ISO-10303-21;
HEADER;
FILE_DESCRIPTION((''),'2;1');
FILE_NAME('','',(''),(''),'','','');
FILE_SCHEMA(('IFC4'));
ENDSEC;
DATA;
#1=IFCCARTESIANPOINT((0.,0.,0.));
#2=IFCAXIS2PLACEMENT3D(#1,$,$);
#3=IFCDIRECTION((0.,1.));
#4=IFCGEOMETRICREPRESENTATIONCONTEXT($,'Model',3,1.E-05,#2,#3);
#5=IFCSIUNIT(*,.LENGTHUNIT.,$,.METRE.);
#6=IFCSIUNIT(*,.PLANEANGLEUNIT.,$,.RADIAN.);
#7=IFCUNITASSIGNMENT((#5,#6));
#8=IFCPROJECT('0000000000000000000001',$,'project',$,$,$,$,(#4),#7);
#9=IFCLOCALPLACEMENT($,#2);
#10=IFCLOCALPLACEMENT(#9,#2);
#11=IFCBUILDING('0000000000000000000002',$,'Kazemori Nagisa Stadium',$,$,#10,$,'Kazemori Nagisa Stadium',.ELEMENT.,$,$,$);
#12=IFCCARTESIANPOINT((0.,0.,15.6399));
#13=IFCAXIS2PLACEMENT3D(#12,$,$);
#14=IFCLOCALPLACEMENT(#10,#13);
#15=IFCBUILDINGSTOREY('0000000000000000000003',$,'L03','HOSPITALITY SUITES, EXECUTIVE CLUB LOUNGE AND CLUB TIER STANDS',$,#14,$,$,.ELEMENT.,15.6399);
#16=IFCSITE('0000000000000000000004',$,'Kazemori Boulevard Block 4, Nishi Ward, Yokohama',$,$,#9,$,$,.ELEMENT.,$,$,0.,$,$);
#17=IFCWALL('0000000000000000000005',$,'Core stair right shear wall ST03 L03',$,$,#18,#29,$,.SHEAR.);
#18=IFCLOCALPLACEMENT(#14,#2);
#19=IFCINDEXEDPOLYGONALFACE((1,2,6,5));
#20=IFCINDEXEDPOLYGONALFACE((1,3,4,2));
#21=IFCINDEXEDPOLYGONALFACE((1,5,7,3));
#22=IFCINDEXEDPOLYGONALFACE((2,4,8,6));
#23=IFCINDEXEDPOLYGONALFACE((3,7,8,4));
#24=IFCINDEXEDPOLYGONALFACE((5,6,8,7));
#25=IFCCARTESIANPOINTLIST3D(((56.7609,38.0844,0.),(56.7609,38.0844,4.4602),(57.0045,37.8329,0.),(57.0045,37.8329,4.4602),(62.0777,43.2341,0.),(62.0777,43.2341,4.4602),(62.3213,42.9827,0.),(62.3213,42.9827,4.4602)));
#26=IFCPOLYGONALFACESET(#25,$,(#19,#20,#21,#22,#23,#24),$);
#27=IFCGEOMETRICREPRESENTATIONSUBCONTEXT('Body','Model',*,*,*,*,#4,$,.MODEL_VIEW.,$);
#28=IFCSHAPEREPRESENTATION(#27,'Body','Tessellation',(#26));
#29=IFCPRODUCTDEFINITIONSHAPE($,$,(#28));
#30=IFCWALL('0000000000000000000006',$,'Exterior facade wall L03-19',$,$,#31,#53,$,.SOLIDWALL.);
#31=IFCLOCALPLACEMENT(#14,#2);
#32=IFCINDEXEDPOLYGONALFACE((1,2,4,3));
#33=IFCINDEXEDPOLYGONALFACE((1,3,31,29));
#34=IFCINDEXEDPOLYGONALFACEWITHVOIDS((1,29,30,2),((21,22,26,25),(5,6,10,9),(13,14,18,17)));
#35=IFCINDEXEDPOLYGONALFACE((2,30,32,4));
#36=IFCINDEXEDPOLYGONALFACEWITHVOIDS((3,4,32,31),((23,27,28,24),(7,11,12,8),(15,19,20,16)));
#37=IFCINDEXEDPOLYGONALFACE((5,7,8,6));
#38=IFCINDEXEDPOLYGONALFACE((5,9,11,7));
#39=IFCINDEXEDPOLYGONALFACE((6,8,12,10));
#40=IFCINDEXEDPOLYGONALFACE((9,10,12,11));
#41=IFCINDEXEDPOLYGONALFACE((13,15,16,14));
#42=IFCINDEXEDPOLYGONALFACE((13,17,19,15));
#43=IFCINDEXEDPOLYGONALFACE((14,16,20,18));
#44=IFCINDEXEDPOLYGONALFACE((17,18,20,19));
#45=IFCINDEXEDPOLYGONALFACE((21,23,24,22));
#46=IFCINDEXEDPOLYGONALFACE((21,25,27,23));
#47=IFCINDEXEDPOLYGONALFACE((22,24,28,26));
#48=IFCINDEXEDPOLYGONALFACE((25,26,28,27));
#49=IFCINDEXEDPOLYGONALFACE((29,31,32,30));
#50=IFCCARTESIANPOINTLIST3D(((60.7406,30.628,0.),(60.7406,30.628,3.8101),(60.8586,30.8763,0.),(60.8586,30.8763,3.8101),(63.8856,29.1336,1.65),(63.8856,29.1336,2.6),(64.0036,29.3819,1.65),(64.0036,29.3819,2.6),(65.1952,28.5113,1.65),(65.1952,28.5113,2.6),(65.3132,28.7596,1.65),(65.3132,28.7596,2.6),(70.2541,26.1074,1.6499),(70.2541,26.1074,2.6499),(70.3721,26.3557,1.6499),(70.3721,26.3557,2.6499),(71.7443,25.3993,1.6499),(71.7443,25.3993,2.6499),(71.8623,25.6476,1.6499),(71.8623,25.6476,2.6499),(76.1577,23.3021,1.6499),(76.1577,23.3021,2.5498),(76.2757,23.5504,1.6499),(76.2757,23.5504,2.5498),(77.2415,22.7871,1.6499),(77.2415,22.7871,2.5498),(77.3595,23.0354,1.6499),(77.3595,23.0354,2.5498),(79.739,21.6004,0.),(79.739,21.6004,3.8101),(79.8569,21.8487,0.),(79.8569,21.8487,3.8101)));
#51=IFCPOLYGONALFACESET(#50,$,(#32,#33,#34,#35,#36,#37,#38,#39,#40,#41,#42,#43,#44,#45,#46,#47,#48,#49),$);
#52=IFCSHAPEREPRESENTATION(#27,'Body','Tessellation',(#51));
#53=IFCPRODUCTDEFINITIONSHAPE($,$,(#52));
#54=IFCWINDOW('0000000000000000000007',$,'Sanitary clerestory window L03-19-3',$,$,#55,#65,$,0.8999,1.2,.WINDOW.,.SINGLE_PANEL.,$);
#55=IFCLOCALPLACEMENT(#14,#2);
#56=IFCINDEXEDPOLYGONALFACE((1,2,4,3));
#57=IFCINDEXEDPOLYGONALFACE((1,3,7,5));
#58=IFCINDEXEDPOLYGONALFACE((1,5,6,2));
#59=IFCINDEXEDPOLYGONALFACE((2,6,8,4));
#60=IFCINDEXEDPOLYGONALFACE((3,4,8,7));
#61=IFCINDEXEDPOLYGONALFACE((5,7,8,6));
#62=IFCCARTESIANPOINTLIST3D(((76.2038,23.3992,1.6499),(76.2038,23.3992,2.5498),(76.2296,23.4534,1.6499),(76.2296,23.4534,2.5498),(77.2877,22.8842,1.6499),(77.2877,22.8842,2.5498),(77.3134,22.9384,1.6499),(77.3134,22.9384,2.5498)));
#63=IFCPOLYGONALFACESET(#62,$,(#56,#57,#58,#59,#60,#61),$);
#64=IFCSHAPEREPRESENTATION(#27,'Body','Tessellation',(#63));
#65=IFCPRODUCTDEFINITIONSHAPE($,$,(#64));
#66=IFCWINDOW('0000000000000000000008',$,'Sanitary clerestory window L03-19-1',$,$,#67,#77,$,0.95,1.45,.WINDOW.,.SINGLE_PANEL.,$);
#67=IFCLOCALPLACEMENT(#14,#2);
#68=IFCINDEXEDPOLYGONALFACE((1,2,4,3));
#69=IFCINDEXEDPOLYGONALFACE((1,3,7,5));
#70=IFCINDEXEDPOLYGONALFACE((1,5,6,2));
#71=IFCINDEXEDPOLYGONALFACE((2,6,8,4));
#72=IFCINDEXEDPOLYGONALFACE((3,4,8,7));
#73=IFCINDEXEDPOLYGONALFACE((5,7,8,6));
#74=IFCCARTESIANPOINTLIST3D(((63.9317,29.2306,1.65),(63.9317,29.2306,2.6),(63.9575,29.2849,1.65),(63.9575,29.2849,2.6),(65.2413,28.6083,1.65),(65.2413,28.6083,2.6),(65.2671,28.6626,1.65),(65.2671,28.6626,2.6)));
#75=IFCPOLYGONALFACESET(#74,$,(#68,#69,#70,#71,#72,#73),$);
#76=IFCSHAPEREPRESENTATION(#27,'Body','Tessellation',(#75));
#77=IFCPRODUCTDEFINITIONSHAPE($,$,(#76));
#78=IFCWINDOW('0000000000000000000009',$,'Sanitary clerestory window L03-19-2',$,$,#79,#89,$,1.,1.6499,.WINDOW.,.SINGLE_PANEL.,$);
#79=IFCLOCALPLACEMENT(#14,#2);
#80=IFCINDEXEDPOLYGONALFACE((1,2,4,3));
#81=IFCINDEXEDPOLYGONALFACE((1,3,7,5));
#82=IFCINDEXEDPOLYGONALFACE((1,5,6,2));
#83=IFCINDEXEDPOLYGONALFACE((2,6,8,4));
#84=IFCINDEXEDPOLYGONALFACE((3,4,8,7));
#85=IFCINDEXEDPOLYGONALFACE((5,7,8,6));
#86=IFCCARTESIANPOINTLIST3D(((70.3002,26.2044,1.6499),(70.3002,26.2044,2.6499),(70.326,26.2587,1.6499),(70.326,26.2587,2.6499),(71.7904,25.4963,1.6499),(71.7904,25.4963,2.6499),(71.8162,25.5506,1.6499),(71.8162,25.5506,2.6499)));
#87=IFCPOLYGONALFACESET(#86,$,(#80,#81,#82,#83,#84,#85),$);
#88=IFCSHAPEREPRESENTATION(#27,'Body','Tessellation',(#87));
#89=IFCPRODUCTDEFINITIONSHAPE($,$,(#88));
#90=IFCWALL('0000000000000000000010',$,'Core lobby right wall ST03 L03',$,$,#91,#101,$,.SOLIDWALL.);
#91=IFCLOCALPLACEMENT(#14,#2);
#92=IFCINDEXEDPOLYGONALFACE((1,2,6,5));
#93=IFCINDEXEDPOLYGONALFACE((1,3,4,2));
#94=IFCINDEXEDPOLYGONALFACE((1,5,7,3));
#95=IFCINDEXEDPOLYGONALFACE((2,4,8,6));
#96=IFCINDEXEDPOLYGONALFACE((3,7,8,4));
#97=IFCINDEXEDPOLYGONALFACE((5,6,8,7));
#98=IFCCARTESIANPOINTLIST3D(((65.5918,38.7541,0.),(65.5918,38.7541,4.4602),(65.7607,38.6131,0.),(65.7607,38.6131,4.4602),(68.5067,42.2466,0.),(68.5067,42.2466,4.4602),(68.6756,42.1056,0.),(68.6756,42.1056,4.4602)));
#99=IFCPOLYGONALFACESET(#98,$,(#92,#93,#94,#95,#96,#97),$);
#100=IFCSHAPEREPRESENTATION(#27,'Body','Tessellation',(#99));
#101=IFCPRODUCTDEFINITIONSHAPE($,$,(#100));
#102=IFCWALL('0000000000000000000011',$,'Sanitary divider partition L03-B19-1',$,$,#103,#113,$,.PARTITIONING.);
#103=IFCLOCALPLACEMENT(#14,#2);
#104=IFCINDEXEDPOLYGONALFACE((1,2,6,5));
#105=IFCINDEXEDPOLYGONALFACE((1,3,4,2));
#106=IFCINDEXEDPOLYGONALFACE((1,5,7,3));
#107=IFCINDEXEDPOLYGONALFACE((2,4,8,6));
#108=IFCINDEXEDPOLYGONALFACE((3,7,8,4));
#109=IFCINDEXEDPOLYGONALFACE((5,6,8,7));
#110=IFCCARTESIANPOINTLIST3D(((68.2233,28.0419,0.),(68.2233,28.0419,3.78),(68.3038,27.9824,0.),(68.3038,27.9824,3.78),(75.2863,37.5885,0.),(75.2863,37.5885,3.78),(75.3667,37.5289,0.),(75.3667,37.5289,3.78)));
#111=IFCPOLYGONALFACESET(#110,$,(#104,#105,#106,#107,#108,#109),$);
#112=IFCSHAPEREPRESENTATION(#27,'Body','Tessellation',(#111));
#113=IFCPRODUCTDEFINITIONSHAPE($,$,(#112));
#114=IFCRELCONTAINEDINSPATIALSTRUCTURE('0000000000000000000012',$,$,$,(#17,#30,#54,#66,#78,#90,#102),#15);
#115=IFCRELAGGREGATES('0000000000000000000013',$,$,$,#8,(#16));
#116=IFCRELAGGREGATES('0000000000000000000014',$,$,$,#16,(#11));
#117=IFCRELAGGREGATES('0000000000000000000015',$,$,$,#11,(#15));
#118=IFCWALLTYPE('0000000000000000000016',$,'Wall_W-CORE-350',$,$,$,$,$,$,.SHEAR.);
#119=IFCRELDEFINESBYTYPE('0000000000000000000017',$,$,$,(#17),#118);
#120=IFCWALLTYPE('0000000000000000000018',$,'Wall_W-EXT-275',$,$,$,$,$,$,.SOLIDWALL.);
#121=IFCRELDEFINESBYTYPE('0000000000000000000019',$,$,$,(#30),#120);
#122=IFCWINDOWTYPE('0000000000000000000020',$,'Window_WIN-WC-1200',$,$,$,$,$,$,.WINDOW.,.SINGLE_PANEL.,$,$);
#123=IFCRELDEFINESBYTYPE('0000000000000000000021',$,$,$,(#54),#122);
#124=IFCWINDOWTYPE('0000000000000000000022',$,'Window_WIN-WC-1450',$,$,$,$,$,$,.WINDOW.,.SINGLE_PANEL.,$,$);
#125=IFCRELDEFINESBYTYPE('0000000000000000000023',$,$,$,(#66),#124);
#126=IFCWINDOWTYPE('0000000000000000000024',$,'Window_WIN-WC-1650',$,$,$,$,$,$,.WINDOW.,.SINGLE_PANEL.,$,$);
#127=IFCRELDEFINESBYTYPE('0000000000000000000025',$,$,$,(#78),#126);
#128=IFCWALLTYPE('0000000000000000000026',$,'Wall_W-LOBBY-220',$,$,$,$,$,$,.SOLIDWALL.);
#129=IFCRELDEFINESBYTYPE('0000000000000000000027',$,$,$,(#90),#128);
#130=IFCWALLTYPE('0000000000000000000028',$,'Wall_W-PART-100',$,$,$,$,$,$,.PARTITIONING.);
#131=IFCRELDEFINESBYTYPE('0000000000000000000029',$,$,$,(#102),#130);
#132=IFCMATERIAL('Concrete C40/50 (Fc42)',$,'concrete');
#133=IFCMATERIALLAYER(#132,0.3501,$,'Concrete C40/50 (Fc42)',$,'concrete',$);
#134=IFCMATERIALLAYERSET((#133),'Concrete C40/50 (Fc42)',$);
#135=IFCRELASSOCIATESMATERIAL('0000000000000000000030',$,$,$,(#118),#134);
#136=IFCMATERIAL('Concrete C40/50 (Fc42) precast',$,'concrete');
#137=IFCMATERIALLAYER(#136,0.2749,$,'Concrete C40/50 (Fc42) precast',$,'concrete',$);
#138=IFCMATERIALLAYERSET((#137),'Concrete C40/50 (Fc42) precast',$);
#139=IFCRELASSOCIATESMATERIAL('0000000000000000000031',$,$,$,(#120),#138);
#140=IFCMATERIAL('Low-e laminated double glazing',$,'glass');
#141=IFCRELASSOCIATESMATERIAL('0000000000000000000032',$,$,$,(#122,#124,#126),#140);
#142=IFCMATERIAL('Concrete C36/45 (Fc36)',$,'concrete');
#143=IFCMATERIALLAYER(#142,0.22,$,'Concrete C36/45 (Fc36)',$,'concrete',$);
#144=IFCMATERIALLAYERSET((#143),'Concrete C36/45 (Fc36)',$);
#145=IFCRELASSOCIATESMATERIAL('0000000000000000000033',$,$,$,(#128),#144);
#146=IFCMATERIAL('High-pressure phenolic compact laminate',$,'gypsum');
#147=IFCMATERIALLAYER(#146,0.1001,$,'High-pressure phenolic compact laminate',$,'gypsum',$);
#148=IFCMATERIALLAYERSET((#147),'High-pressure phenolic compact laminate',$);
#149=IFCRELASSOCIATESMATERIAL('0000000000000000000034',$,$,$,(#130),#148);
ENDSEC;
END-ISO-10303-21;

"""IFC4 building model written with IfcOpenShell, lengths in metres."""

from ifc_helpers import new_model, si_unit, direction, frame, frame_2d, origin, place, context, subcontext, project, spatial, rectangle, extrude, material, layer, layer_set, type_object, element, fill, save


model = new_model("IFC4")

# Units and contexts
model_context = context("Model", 3, precision=1e-05, world=origin(), true_north=direction((0.0, 1.0)))
body_context = subcontext(model_context, "Body", "Model", "MODEL_VIEW")
ifc_project = project(units=[si_unit("LENGTHUNIT", "METRE"), si_unit("PLANEANGLEUNIT", "RADIAN")], contexts=[model_context])

# Site, building, storey
site_placement = place(None, origin())
site = spatial("IfcSite", under=ifc_project, at=site_placement, Name="Kazemori Boulevard Block 4, Nishi Ward, Yokohama", CompositionType="ELEMENT", RefElevation=0.0)
building_placement = place(site_placement, origin())
building = spatial("IfcBuilding", under=site, at=building_placement, Name="Kazemori Nagisa Stadium", LongName="Kazemori Nagisa Stadium", CompositionType="ELEMENT")
storey_placement = place(building_placement, frame((0.0, 0.0, 15.6399)))
storey = spatial("IfcBuildingStorey", under=building, at=storey_placement, Name="L03", Description="HOSPITALITY SUITES, EXECUTIVE CLUB LOUNGE AND CLUB TIER STANDS", CompositionType="ELEMENT", Elevation=15.6399)

# Shared definitions
ifc_material_1 = material(Name="Concrete C40/50 (Fc42)", Category="concrete")

# Wall
ifc_layer_1 = layer(ifc_material_1, 0.3501, Name="Concrete C40/50 (Fc42)", Category="concrete")
ifc_layer_set_1 = layer_set([ifc_layer_1], Name="Concrete C40/50 (Fc42)")
wall_type_1 = type_object("IfcWallType", Name="Wall_W-CORE-350", PredefinedType="SHEAR", material=ifc_layer_set_1)
wall_1_placement = place(storey_placement, frame((62.1995, 43.1084, 0.0), z_axis=(0.0, 0.0, 1.0), x_axis=(-0.718297, -0.695736, 0.0)))
element("IfcWall", 1, at=wall_1_placement, inside=storey, type_object=wall_type_1, Name="Core stair right shear wall ST03 L03", PredefinedType="SHEAR", context=body_context, shape_type="SweptSolid", body=[
    extrude(rectangle(XDim=7.4019, YDim=0.3501, at=frame_2d((3.7009, 0.0))), origin(), (0.0, 0.0, 1.0), 4.4602),
])

# Wall, openings, windows
ifc_material_2 = material(Name="Concrete C40/50 (Fc42) precast", Category="concrete")
ifc_layer_2 = layer(ifc_material_2, 0.2749, Name="Concrete C40/50 (Fc42) precast", Category="concrete")
ifc_layer_set_2 = layer_set([ifc_layer_2], Name="Concrete C40/50 (Fc42) precast")
wall_type_2 = type_object("IfcWallType", Name="Wall_W-EXT-275", PredefinedType="SOLIDWALL", material=ifc_layer_set_2)
wall_2_placement = place(storey_placement, frame((60.7996, 30.7522, 0.0), z_axis=(0.0, 0.0, 1.0), x_axis=(0.903215, -0.429189, 0.0)))
wall_2 = element("IfcWall", 2, at=wall_2_placement, inside=storey, type_object=wall_type_2, Name="Exterior facade wall L03-19", PredefinedType="SOLIDWALL", context=body_context, shape_type="SweptSolid", body=[
    extrude(rectangle(XDim=21.0342, YDim=0.2749, at=frame_2d((10.5171, 0.0))), origin(), (0.0, 0.0, 1.0), 3.8101),
])
opening_1_placement = place(wall_2_placement, frame((3.4819, 0.0, 1.6499)))
opening_1 = element("IfcOpeningElement", 3, at=opening_1_placement, cuts=wall_2, PredefinedType="OPENING", context=body_context, shape_type="SweptSolid", body=[
    extrude(rectangle(XDim=1.45, YDim=0.95, at=frame_2d((0.7251, 0.4751))), frame((0.0, 0.1475, 0.0), z_axis=(0.0, -1.0, 0.0), x_axis=(1.0, 0.0, 0.0)), (0.0, 0.0, 1.0), 0.2949),
])
opening_2_placement = place(wall_2_placement, frame((10.533, 0.0, 1.6499)))
opening_2 = element("IfcOpeningElement", 4, at=opening_2_placement, cuts=wall_2, PredefinedType="OPENING", context=body_context, shape_type="SweptSolid", body=[
    extrude(rectangle(XDim=1.6499, YDim=1.0, at=frame_2d((0.825, 0.5))), frame((0.0, 0.1475, 0.0), z_axis=(0.0, -1.0, 0.0), x_axis=(1.0, 0.0, 0.0)), (0.0, 0.0, 1.0), 0.2949),
])
opening_3_placement = place(wall_2_placement, frame((17.0691, 0.0, 1.6499)))
opening_3 = element("IfcOpeningElement", 5, at=opening_3_placement, cuts=wall_2, PredefinedType="OPENING", context=body_context, shape_type="SweptSolid", body=[
    extrude(rectangle(XDim=1.2, YDim=0.8999, at=frame_2d((0.6001, 0.45))), frame((0.0, 0.1475, 0.0), z_axis=(0.0, -1.0, 0.0), x_axis=(1.0, 0.0, 0.0)), (0.0, 0.0, 1.0), 0.2949),
])
ifc_material_3 = material(Name="Low-e laminated double glazing", Category="glass")
window_type_1 = type_object("IfcWindowType", Name="Window_WIN-WC-1200", PartitioningType="SINGLE_PANEL", PredefinedType="WINDOW", material=ifc_material_3)
window_1_placement = place(opening_3_placement, origin())
window_1 = element("IfcWindow", 6, at=window_1_placement, inside=storey, type_object=window_type_1, Name="Sanitary clerestory window L03-19-3", OverallHeight=0.8999, OverallWidth=1.2, PartitioningType="SINGLE_PANEL", PredefinedType="WINDOW", context=body_context, shape_type="SweptSolid", body=[
    extrude(rectangle(XDim=1.2, YDim=0.8999, at=frame_2d((0.6001, 0.45))), frame((0.0, 0.03, 0.0), z_axis=(0.0, -1.0, 0.0), x_axis=(1.0, 0.0, 0.0)), (0.0, 0.0, 1.0), 0.0601),
])
fill(opening_3, window_1)
window_type_2 = type_object("IfcWindowType", Name="Window_WIN-WC-1450", PartitioningType="SINGLE_PANEL", PredefinedType="WINDOW", material=ifc_material_3)
window_2_placement = place(opening_1_placement, origin())
window_2 = element("IfcWindow", 7, at=window_2_placement, inside=storey, type_object=window_type_2, Name="Sanitary clerestory window L03-19-1", OverallHeight=0.95, OverallWidth=1.45, PartitioningType="SINGLE_PANEL", PredefinedType="WINDOW", context=body_context, shape_type="SweptSolid", body=[
    extrude(rectangle(XDim=1.45, YDim=0.95, at=frame_2d((0.7251, 0.4751))), frame((0.0, 0.03, 0.0), z_axis=(0.0, -1.0, 0.0), x_axis=(1.0, 0.0, 0.0)), (0.0, 0.0, 1.0), 0.0601),
])
fill(opening_1, window_2)
window_type_3 = type_object("IfcWindowType", Name="Window_WIN-WC-1650", PartitioningType="SINGLE_PANEL", PredefinedType="WINDOW", material=ifc_material_3)
window_3_placement = place(opening_2_placement, origin())
window_3 = element("IfcWindow", 8, at=window_3_placement, inside=storey, type_object=window_type_3, Name="Sanitary clerestory window L03-19-2", OverallHeight=1.0, OverallWidth=1.6499, PartitioningType="SINGLE_PANEL", PredefinedType="WINDOW", context=body_context, shape_type="SweptSolid", body=[
    extrude(rectangle(XDim=1.6499, YDim=1.0, at=frame_2d((0.825, 0.5))), frame((0.0, 0.03, 0.0), z_axis=(0.0, -1.0, 0.0), x_axis=(1.0, 0.0, 0.0)), (0.0, 0.0, 1.0), 0.0601),
])
fill(opening_2, window_3)

# Walls
ifc_material_4 = material(Name="Concrete C36/45 (Fc36)", Category="concrete")
ifc_layer_3 = layer(ifc_material_4, 0.22, Name="Concrete C36/45 (Fc36)", Category="concrete")
ifc_layer_set_3 = layer_set([ifc_layer_3], Name="Concrete C36/45 (Fc36)")
wall_type_3 = type_object("IfcWallType", Name="Wall_W-LOBBY-220", PredefinedType="SOLIDWALL", material=ifc_layer_set_3)
wall_3_placement = place(storey_placement, frame((68.5911, 42.176, 0.0), z_axis=(0.0, 0.0, 1.0), x_axis=(-0.64076, -0.767742, 0.0)))
element("IfcWall", 9, at=wall_3_placement, inside=storey, type_object=wall_type_3, Name="Core lobby right wall ST03 L03", PredefinedType="SOLIDWALL", context=body_context, shape_type="SweptSolid", body=[
    extrude(rectangle(XDim=4.5491, YDim=0.22, at=frame_2d((2.2744, 0.0))), origin(), (0.0, 0.0, 1.0), 4.4602),
])
ifc_material_5 = material(Name="High-pressure phenolic compact laminate", Category="gypsum")
ifc_layer_4 = layer(ifc_material_5, 0.1001, Name="High-pressure phenolic compact laminate", Category="gypsum")
ifc_layer_set_4 = layer_set([ifc_layer_4], Name="High-pressure phenolic compact laminate")
wall_type_4 = type_object("IfcWallType", Name="Wall_W-PART-100", PredefinedType="PARTITIONING", material=ifc_layer_set_4)
wall_4_placement = place(storey_placement, frame((75.3264, 37.5586, 0.0), z_axis=(0.0, 0.0, 1.0), x_axis=(-0.59476, -0.803903, 0.0)))
element("IfcWall", 10, at=wall_4_placement, inside=storey, type_object=wall_type_4, Name="Sanitary divider partition L03-B19-1", PredefinedType="PARTITIONING", context=body_context, shape_type="SweptSolid", body=[
    extrude(rectangle(XDim=11.8752, YDim=0.1001, at=frame_2d((5.9375, 0.0))), origin(), (0.0, 0.0, 1.0), 3.78),
])

save(model, "model.ifc")
